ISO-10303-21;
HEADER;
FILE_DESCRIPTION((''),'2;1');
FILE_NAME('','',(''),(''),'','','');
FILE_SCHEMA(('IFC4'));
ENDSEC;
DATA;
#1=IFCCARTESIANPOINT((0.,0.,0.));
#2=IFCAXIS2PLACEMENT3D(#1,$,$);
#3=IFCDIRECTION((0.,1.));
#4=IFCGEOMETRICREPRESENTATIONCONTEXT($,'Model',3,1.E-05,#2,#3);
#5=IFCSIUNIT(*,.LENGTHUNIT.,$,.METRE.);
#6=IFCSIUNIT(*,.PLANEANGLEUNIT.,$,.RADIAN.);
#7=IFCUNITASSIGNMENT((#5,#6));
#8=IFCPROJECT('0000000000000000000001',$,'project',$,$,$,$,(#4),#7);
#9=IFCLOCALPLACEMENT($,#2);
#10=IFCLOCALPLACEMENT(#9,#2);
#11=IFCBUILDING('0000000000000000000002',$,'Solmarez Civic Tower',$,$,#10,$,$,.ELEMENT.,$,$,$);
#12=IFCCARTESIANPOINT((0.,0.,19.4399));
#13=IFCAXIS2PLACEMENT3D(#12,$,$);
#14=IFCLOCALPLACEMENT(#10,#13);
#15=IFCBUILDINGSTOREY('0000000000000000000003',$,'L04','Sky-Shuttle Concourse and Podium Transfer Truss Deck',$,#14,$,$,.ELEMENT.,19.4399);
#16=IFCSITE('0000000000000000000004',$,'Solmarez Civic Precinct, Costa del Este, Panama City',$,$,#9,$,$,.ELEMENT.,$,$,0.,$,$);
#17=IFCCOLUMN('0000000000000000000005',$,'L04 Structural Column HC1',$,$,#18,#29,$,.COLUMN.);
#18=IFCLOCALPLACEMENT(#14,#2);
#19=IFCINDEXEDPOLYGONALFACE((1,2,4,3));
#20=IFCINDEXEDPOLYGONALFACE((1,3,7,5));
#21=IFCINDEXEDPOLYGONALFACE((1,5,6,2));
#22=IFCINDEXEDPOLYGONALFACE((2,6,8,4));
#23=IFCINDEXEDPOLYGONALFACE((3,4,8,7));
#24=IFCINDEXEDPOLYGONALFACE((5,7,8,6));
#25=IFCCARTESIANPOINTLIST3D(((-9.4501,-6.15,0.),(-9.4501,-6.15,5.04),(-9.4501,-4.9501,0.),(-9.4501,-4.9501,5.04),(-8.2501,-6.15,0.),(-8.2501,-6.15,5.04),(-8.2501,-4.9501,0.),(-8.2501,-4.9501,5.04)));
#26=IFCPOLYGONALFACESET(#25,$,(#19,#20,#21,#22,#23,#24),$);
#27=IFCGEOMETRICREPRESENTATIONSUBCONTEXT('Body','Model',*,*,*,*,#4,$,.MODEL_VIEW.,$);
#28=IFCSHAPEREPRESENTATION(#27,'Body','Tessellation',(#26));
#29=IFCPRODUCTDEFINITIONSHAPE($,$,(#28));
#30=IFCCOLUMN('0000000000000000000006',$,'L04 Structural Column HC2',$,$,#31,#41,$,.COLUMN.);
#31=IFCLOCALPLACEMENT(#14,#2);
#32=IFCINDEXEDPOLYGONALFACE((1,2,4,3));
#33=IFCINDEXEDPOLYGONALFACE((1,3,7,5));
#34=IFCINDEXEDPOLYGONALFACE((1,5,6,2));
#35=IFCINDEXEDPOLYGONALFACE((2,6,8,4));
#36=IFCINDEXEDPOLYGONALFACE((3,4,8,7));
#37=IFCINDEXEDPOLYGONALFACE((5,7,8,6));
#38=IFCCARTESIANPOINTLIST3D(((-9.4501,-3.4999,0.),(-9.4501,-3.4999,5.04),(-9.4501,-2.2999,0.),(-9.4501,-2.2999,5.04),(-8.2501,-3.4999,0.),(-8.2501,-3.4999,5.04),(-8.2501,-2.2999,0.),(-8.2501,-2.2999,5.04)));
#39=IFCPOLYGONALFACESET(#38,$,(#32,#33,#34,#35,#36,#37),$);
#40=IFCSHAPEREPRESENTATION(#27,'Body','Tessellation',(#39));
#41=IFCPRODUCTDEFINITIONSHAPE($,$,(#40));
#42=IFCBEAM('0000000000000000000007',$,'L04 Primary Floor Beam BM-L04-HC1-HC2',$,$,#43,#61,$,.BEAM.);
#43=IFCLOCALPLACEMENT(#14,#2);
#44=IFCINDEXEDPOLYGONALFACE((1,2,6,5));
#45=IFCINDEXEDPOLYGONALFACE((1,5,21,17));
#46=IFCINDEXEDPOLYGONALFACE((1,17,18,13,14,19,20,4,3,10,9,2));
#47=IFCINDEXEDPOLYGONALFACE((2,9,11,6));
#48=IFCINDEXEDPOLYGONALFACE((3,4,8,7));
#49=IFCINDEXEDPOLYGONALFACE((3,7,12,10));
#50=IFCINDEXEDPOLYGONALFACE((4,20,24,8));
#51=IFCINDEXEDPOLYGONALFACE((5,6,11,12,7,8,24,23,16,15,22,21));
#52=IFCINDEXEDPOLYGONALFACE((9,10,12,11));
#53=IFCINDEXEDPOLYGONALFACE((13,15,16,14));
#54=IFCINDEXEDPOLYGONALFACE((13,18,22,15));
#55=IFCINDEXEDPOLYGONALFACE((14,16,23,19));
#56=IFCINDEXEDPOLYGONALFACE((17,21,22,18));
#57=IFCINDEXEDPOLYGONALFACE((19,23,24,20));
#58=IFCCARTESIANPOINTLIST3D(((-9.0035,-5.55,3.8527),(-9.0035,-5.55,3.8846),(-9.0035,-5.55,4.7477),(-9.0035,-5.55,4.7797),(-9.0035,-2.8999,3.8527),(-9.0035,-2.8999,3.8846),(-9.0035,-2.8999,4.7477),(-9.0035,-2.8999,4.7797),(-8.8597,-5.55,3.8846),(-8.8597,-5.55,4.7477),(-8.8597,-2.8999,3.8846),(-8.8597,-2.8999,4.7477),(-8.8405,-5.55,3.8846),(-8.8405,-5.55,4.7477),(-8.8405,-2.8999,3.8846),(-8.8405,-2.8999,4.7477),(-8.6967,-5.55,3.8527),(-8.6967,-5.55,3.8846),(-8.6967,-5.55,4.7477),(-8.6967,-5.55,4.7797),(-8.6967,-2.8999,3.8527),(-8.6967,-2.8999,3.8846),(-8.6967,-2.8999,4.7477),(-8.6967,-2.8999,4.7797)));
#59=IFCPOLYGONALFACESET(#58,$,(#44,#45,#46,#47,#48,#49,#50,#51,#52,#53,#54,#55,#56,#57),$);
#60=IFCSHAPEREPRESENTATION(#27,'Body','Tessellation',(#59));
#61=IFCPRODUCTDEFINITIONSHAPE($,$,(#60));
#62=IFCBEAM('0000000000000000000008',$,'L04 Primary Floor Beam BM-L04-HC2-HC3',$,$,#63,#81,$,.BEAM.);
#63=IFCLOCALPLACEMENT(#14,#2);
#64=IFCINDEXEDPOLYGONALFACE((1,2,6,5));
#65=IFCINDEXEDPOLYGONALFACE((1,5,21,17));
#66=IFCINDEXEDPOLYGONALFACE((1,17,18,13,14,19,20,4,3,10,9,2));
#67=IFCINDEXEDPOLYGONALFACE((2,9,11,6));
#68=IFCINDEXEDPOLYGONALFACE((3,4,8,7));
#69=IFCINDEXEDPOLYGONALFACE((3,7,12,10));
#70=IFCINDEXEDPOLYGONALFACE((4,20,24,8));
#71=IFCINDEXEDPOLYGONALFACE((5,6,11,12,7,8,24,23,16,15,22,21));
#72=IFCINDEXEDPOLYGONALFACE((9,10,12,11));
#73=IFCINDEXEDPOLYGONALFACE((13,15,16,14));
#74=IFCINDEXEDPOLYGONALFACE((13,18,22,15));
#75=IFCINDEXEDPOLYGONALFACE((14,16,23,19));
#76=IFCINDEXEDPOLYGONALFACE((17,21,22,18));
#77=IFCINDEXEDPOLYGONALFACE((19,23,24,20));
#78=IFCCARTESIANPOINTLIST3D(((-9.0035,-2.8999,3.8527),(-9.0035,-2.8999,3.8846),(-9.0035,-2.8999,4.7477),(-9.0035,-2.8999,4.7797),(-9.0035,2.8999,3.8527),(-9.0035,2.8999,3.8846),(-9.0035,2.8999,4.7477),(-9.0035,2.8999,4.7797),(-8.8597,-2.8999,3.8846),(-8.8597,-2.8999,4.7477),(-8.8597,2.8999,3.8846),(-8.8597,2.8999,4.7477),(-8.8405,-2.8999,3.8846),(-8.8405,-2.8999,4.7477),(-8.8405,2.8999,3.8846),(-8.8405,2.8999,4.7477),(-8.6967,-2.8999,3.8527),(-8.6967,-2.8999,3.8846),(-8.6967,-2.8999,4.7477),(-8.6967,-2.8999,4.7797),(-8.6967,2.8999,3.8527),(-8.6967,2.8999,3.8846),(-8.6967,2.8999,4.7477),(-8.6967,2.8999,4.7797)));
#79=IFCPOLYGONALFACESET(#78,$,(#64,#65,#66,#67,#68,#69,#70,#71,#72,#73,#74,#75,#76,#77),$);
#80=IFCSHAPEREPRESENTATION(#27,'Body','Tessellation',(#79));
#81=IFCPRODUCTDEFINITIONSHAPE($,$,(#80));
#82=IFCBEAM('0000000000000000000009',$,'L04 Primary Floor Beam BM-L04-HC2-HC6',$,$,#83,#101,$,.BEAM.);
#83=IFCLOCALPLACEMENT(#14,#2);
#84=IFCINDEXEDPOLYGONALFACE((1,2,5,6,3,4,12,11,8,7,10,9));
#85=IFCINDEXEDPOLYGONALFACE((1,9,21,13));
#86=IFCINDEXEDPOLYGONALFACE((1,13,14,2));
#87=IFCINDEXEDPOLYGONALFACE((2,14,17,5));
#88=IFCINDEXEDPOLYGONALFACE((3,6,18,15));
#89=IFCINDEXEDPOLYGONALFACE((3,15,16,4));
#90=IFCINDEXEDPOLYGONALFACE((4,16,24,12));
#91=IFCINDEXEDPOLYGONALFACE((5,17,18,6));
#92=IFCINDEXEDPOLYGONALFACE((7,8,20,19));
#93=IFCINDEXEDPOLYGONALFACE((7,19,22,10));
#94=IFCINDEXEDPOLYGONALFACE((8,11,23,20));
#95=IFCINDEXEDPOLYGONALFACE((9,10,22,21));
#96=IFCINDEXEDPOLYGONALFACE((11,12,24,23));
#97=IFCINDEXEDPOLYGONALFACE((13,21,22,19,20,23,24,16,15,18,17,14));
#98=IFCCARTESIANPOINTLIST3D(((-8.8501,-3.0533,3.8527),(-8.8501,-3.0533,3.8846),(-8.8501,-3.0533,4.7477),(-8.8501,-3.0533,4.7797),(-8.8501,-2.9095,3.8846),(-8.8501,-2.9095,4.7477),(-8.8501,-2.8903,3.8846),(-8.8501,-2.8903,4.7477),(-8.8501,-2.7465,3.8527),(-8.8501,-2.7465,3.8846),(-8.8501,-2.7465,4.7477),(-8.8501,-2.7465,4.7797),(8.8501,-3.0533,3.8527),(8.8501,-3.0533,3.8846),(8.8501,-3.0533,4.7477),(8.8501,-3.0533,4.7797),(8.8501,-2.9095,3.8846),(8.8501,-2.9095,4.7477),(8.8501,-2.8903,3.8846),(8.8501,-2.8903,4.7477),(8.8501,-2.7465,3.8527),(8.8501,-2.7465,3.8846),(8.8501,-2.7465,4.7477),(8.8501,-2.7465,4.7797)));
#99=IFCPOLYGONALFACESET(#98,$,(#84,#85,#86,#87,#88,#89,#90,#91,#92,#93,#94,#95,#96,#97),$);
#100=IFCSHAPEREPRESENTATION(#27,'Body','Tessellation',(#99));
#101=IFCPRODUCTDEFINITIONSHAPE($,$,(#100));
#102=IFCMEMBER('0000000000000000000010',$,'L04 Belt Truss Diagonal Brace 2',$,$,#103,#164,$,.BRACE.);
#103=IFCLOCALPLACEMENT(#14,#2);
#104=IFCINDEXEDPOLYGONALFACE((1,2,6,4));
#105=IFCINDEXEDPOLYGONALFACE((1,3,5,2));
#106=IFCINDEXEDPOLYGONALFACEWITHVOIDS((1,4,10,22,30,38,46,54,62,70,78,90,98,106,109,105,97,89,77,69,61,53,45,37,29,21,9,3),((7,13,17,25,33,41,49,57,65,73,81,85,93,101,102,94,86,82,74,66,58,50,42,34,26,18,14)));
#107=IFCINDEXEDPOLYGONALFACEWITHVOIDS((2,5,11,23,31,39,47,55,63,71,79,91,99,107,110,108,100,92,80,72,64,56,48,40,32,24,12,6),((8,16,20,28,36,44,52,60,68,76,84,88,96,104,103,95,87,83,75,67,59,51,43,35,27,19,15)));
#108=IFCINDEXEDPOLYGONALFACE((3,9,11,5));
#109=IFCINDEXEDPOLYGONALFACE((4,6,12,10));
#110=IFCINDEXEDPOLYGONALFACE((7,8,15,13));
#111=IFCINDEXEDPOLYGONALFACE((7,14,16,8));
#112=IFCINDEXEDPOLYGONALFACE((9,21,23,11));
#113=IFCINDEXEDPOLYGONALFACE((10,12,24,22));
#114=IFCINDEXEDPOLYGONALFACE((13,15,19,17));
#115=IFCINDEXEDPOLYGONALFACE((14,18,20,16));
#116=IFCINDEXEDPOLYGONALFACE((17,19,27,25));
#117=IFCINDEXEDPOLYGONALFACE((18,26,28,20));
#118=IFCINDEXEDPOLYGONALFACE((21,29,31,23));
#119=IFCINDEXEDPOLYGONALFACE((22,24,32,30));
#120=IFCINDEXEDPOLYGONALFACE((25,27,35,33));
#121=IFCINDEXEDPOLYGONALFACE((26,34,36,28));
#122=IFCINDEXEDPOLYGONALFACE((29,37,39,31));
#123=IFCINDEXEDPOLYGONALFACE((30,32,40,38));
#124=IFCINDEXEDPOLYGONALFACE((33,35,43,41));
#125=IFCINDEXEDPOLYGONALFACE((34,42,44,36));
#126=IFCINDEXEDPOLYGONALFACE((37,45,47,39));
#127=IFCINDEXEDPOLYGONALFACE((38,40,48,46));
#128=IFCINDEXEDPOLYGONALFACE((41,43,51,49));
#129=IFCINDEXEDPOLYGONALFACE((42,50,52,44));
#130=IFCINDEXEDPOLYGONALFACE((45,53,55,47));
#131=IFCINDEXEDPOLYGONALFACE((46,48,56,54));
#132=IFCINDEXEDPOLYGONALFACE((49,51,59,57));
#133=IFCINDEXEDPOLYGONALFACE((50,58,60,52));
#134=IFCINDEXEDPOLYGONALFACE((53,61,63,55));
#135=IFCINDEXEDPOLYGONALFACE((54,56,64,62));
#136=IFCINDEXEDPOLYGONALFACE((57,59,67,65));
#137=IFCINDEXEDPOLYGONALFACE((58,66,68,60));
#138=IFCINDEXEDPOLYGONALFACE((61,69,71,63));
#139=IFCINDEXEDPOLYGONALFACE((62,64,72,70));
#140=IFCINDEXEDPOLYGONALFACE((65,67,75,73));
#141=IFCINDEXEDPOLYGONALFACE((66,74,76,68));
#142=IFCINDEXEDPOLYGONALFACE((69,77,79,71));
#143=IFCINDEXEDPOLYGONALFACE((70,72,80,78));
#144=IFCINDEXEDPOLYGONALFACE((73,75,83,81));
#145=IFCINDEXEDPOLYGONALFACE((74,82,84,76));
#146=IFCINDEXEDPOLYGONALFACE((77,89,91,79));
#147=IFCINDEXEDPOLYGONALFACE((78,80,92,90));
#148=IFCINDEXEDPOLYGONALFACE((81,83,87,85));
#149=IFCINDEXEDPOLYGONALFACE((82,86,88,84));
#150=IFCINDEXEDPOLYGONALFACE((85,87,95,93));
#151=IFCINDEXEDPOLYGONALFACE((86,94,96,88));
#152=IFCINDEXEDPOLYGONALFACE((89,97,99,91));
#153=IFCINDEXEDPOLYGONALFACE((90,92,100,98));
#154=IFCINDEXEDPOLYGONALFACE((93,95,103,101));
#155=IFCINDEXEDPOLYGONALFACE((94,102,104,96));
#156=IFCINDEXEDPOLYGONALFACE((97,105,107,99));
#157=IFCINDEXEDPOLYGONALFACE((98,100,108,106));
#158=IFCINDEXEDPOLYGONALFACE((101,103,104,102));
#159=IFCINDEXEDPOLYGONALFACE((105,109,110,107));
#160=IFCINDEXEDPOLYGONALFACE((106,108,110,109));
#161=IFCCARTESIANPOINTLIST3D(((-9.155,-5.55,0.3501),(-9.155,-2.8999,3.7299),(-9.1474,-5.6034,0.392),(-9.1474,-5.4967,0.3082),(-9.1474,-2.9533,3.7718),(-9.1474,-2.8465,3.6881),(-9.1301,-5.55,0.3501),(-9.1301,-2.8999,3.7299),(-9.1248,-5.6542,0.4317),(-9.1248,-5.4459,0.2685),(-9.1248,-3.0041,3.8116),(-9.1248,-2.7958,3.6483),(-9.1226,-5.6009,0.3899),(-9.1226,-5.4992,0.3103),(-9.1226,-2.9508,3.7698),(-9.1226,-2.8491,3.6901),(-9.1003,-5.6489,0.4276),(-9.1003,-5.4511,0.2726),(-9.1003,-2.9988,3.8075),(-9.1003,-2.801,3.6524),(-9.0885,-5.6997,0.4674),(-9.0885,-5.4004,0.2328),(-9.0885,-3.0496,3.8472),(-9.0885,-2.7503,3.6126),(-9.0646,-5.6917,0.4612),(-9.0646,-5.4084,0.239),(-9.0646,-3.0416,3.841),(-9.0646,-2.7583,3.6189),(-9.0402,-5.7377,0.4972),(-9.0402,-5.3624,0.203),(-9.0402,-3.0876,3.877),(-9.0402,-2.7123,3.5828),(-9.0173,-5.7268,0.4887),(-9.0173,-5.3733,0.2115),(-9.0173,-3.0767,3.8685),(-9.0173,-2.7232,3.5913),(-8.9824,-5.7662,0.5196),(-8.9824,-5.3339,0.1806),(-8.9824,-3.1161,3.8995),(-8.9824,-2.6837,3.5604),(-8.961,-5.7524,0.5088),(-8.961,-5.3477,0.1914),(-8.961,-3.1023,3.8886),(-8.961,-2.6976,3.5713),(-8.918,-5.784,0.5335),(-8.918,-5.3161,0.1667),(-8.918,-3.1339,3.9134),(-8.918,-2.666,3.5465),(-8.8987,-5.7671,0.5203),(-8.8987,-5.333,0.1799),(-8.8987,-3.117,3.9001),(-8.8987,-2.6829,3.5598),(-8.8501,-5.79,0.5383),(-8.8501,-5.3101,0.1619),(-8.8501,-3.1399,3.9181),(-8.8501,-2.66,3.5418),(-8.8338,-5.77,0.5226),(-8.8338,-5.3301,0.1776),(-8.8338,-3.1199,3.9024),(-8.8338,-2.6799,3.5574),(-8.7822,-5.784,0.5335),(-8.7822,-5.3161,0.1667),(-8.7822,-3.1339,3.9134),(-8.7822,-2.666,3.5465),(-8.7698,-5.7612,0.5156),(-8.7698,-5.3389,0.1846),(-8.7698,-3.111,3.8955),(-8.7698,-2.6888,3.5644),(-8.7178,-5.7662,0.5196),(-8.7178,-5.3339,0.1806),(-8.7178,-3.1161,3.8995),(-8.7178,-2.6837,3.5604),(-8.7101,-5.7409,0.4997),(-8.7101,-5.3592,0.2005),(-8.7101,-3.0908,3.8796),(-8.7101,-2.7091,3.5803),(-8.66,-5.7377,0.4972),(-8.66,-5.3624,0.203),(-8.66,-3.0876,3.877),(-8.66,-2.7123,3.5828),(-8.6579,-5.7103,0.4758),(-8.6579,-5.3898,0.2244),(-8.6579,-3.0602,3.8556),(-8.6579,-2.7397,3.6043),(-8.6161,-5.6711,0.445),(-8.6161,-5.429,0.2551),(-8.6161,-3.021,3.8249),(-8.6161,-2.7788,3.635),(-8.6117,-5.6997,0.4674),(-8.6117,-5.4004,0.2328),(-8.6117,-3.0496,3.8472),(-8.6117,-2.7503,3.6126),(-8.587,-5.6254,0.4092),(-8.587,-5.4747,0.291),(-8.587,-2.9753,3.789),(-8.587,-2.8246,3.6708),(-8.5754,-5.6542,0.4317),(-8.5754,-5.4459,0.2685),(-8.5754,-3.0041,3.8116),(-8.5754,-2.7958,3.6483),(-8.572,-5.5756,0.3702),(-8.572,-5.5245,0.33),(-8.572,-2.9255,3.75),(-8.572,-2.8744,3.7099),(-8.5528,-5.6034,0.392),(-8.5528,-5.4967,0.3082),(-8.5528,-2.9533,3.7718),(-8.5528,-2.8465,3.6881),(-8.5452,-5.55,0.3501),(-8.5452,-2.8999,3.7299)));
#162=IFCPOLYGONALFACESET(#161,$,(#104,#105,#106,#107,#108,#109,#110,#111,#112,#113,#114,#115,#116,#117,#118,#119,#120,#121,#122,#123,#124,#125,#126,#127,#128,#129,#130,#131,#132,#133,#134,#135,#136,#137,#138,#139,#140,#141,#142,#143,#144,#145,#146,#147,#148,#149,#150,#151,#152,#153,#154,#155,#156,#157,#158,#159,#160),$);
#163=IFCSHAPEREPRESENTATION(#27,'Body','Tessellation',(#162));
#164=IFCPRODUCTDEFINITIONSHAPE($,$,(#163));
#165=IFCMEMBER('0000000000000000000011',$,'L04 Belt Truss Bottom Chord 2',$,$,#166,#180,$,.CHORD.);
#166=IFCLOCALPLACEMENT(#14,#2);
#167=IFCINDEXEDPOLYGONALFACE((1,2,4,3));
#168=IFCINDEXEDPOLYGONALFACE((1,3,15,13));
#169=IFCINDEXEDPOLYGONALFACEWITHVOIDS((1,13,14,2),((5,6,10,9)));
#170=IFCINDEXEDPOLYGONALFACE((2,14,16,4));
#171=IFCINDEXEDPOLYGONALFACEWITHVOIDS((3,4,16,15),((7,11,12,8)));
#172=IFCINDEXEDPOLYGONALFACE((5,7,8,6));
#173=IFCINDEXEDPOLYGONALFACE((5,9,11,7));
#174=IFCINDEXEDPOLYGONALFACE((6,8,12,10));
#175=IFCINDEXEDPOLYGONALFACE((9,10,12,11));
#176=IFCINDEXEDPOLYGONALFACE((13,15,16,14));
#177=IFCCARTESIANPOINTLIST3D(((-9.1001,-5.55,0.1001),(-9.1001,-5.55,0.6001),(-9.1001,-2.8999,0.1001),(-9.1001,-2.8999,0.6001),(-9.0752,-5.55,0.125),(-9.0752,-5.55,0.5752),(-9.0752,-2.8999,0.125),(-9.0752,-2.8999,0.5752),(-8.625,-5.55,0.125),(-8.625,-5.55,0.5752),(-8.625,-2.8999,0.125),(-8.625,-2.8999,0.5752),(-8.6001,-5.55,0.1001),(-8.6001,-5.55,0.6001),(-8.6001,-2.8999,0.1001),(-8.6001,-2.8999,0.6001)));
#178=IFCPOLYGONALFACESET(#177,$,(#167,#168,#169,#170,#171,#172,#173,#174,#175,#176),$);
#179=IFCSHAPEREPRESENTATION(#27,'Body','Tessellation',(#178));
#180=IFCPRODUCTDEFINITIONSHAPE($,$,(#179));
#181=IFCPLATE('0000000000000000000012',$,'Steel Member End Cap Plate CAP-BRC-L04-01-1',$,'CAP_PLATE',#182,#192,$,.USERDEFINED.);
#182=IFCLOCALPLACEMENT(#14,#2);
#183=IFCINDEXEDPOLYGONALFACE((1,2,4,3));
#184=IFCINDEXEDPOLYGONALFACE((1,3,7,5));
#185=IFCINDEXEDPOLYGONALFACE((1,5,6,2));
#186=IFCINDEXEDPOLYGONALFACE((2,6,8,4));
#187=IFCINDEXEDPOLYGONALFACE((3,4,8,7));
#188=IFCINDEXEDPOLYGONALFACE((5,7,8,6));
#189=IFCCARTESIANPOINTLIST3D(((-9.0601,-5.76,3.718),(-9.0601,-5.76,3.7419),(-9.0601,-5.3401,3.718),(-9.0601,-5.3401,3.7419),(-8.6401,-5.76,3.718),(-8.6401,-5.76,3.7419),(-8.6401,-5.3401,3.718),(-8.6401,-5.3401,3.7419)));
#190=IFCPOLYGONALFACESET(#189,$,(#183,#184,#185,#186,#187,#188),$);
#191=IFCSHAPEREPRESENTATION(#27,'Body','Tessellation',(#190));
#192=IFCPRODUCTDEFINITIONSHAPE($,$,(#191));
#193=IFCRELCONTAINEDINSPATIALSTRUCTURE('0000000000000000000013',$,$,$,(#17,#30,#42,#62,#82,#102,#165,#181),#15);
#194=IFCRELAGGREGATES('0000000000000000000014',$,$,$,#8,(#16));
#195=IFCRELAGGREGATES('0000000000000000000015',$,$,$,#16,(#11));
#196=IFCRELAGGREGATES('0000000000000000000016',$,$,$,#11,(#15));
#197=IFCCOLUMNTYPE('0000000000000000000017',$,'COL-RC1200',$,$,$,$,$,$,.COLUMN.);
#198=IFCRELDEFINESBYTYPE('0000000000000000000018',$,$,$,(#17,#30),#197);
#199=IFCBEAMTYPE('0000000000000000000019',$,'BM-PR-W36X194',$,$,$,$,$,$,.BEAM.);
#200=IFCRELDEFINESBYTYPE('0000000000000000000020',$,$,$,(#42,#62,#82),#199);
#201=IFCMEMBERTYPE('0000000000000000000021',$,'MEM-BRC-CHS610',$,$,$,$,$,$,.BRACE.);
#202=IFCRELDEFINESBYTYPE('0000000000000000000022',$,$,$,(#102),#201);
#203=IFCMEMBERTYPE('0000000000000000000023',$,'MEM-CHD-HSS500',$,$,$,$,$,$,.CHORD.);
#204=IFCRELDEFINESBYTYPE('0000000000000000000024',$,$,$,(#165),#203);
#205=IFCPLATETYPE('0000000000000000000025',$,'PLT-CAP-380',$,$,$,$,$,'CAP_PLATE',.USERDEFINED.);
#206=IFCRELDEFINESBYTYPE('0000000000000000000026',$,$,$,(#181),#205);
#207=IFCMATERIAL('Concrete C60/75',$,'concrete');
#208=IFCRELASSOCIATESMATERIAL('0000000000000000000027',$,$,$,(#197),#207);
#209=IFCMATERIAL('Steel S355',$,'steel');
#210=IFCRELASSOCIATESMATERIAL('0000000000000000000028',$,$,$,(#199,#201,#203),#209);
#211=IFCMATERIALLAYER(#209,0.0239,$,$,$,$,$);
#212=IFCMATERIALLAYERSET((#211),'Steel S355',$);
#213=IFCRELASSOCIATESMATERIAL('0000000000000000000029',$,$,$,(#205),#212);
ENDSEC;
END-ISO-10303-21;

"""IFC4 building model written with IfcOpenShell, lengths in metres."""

from ifc_helpers import new_model, si_unit, direction, frame, origin, origin_2d, place, context, subcontext, project, spatial, rectangle, hollow_rectangle, hollow_circle, i_section, extrude, material, layer, layer_set, material_profile, profile_set, type_object, element, save


model = new_model("IFC4")

# Units and contexts
model_context = context("Model", 3, precision=1e-05, world=origin(), true_north=direction((0.0, 1.0)))
body_context = subcontext(model_context, "Body", "Model", "MODEL_VIEW")
ifc_project = project(units=[si_unit("LENGTHUNIT", "METRE"), si_unit("PLANEANGLEUNIT", "RADIAN")], contexts=[model_context])

# Site, building, storey
site_placement = place(None, origin())
site = spatial("IfcSite", under=ifc_project, at=site_placement, Name="Solmarez Civic Precinct, Costa del Este, Panama City", CompositionType="ELEMENT", RefElevation=0.0)
building_placement = place(site_placement, origin())
building = spatial("IfcBuilding", under=site, at=building_placement, Name="Solmarez Civic Tower", CompositionType="ELEMENT")
storey_placement = place(building_placement, frame((0.0, 0.0, 19.4399)))
storey = spatial("IfcBuildingStorey", under=building, at=storey_placement, Name="L04", Description="Sky-Shuttle Concourse and Podium Transfer Truss Deck", CompositionType="ELEMENT", Elevation=19.4399)

# Columns
ifc_material_1 = material(Name="Concrete C60/75", Category="concrete")
ifc_material_profile_1 = material_profile(ifc_material_1, rectangle(XDim=1.2, YDim=1.2, at=origin_2d()), Name="RC1200X1200")
ifc_profile_set_1 = profile_set([ifc_material_profile_1], Name="Concrete C60/75")
column_type = type_object("IfcColumnType", Name="COL-RC1200", PredefinedType="COLUMN", material=ifc_profile_set_1)
for number, where, z_axis, x_axis, name in (
    (1, (-8.8501, -5.55, 0.0), (0.0, 0.0, 1.0), (1.0, 0.0, 0.0), "L04 Structural Column HC1"),
    (2, (-8.8501, -2.8999, 0.0), (0.0, 0.0, 1.0), (1.0, 0.0, 0.0), "L04 Structural Column HC2"),
):
    element("IfcColumn", number, at=place(storey_placement, frame(where, z_axis=z_axis, x_axis=x_axis)), inside=storey, type_object=column_type, Name=name, PredefinedType="COLUMN", context=body_context, shape_type="SweptSolid", body=[
        extrude(rectangle(XDim=1.2, YDim=1.2, at=origin_2d()), origin(), (0.0, 0.0, 1.0), 5.04),
    ])

# Beams
ifc_material_2 = material(Name="Steel S355", Category="steel")
ifc_material_profile_2 = material_profile(ifc_material_2, i_section(OverallWidth=0.3069, OverallDepth=0.927, WebThickness=0.0193, FlangeThickness=0.032, at=origin_2d()), Name="W36X194")
ifc_profile_set_2 = profile_set([ifc_material_profile_2], Name="Steel S355")
beam_type = type_object("IfcBeamType", Name="BM-PR-W36X194", PredefinedType="BEAM", material=ifc_profile_set_2)
beam_1_placement = place(storey_placement, frame((-8.8501, -5.55, 4.3162), z_axis=(0.0, 1.0, 0.0), x_axis=(-1.0, 0.0, 0.0)))
element("IfcBeam", 3, at=beam_1_placement, inside=storey, type_object=beam_type, Name="L04 Primary Floor Beam BM-L04-HC1-HC2", PredefinedType="BEAM", context=body_context, shape_type="SweptSolid", body=[
    extrude(i_section(OverallWidth=0.3069, OverallDepth=0.927, WebThickness=0.0193, FlangeThickness=0.032, at=origin_2d()), origin(), (0.0, 0.0, 1.0), 2.6501),
])
beam_2_placement = place(storey_placement, frame((-8.8501, -2.8999, 4.3162), z_axis=(0.0, 1.0, 0.0), x_axis=(-1.0, 0.0, 0.0)))
element("IfcBeam", 4, at=beam_2_placement, inside=storey, type_object=beam_type, Name="L04 Primary Floor Beam BM-L04-HC2-HC3", PredefinedType="BEAM", context=body_context, shape_type="SweptSolid", body=[
    extrude(i_section(OverallWidth=0.3069, OverallDepth=0.927, WebThickness=0.0193, FlangeThickness=0.032, at=origin_2d()), origin(), (0.0, 0.0, 1.0), 5.7998),
])
beam_3_placement = place(storey_placement, frame((-8.8501, -2.8999, 4.3162), z_axis=(1.0, 0.0, 0.0), x_axis=(0.0, 1.0, 0.0)))
element("IfcBeam", 5, at=beam_3_placement, inside=storey, type_object=beam_type, Name="L04 Primary Floor Beam BM-L04-HC2-HC6", PredefinedType="BEAM", context=body_context, shape_type="SweptSolid", body=[
    extrude(i_section(OverallWidth=0.3069, OverallDepth=0.927, WebThickness=0.0193, FlangeThickness=0.032, at=origin_2d()), origin(), (0.0, 0.0, 1.0), 17.7002),
])

# Members
ifc_material_profile_3 = material_profile(ifc_material_2, hollow_circle(Radius=0.3049, WallThickness=0.0249, at=origin_2d()), Name="CHS610X25")
ifc_profile_set_3 = profile_set([ifc_material_profile_3], Name="Steel S355")
member_type_1 = type_object("IfcMemberType", Name="MEM-BRC-CHS610", PredefinedType="BRACE", material=ifc_profile_set_3)
member_1_placement = place(storey_placement, frame((-8.8501, -5.55, 0.3501), z_axis=(0.0, 0.617033, 0.786937), x_axis=(-1.0, 0.0, 0.0)))
element("IfcMember", 6, at=member_1_placement, inside=storey, type_object=member_type_1, Name="L04 Belt Truss Diagonal Brace 2", PredefinedType="BRACE", context=body_context, shape_type="SweptSolid", body=[
    extrude(hollow_circle(Radius=0.3049, WallThickness=0.0249, at=origin_2d()), origin(), (0.0, 0.0, 1.0), 4.2949),
])
ifc_material_profile_4 = material_profile(ifc_material_2, hollow_rectangle(XDim=0.5, YDim=0.5, WallThickness=0.0249, at=origin_2d()), Name="HSS500X500X25")
ifc_profile_set_4 = profile_set([ifc_material_profile_4], Name="Steel S355")
member_type_2 = type_object("IfcMemberType", Name="MEM-CHD-HSS500", PredefinedType="CHORD", material=ifc_profile_set_4)
member_2_placement = place(storey_placement, frame((-8.8501, -5.55, 0.3501), z_axis=(0.0, 1.0, 0.0), x_axis=(-1.0, 0.0, 0.0)))
element("IfcMember", 7, at=member_2_placement, inside=storey, type_object=member_type_2, Name="L04 Belt Truss Bottom Chord 2", PredefinedType="CHORD", context=body_context, shape_type="SweptSolid", body=[
    extrude(hollow_rectangle(XDim=0.5, YDim=0.5, WallThickness=0.0249, at=origin_2d()), origin(), (0.0, 0.0, 1.0), 2.6501),
])

# Plate
ifc_layer_1 = layer(ifc_material_2, 0.0239)
ifc_layer_set_1 = layer_set([ifc_layer_1], Name="Steel S355")
plate_type_1 = type_object("IfcPlateType", Name="PLT-CAP-380", ElementType="CAP_PLATE", PredefinedType="USERDEFINED", material=ifc_layer_set_1)
plate_placement = place(storey_placement, frame((-8.8501, -5.55, 3.718), z_axis=(0.0, 0.0, 1.0), x_axis=(1.0, 0.0, 0.0)))
element("IfcPlate", 8, at=plate_placement, inside=storey, type_object=plate_type_1, Name="Steel Member End Cap Plate CAP-BRC-L04-01-1", ObjectType="CAP_PLATE", PredefinedType="USERDEFINED", context=body_context, shape_type="SweptSolid", body=[
    extrude(rectangle(XDim=0.4199, YDim=0.4199, at=origin_2d()), origin(), (0.0, 0.0, 1.0), 0.0239),
])

save(model, "model.ifc")
